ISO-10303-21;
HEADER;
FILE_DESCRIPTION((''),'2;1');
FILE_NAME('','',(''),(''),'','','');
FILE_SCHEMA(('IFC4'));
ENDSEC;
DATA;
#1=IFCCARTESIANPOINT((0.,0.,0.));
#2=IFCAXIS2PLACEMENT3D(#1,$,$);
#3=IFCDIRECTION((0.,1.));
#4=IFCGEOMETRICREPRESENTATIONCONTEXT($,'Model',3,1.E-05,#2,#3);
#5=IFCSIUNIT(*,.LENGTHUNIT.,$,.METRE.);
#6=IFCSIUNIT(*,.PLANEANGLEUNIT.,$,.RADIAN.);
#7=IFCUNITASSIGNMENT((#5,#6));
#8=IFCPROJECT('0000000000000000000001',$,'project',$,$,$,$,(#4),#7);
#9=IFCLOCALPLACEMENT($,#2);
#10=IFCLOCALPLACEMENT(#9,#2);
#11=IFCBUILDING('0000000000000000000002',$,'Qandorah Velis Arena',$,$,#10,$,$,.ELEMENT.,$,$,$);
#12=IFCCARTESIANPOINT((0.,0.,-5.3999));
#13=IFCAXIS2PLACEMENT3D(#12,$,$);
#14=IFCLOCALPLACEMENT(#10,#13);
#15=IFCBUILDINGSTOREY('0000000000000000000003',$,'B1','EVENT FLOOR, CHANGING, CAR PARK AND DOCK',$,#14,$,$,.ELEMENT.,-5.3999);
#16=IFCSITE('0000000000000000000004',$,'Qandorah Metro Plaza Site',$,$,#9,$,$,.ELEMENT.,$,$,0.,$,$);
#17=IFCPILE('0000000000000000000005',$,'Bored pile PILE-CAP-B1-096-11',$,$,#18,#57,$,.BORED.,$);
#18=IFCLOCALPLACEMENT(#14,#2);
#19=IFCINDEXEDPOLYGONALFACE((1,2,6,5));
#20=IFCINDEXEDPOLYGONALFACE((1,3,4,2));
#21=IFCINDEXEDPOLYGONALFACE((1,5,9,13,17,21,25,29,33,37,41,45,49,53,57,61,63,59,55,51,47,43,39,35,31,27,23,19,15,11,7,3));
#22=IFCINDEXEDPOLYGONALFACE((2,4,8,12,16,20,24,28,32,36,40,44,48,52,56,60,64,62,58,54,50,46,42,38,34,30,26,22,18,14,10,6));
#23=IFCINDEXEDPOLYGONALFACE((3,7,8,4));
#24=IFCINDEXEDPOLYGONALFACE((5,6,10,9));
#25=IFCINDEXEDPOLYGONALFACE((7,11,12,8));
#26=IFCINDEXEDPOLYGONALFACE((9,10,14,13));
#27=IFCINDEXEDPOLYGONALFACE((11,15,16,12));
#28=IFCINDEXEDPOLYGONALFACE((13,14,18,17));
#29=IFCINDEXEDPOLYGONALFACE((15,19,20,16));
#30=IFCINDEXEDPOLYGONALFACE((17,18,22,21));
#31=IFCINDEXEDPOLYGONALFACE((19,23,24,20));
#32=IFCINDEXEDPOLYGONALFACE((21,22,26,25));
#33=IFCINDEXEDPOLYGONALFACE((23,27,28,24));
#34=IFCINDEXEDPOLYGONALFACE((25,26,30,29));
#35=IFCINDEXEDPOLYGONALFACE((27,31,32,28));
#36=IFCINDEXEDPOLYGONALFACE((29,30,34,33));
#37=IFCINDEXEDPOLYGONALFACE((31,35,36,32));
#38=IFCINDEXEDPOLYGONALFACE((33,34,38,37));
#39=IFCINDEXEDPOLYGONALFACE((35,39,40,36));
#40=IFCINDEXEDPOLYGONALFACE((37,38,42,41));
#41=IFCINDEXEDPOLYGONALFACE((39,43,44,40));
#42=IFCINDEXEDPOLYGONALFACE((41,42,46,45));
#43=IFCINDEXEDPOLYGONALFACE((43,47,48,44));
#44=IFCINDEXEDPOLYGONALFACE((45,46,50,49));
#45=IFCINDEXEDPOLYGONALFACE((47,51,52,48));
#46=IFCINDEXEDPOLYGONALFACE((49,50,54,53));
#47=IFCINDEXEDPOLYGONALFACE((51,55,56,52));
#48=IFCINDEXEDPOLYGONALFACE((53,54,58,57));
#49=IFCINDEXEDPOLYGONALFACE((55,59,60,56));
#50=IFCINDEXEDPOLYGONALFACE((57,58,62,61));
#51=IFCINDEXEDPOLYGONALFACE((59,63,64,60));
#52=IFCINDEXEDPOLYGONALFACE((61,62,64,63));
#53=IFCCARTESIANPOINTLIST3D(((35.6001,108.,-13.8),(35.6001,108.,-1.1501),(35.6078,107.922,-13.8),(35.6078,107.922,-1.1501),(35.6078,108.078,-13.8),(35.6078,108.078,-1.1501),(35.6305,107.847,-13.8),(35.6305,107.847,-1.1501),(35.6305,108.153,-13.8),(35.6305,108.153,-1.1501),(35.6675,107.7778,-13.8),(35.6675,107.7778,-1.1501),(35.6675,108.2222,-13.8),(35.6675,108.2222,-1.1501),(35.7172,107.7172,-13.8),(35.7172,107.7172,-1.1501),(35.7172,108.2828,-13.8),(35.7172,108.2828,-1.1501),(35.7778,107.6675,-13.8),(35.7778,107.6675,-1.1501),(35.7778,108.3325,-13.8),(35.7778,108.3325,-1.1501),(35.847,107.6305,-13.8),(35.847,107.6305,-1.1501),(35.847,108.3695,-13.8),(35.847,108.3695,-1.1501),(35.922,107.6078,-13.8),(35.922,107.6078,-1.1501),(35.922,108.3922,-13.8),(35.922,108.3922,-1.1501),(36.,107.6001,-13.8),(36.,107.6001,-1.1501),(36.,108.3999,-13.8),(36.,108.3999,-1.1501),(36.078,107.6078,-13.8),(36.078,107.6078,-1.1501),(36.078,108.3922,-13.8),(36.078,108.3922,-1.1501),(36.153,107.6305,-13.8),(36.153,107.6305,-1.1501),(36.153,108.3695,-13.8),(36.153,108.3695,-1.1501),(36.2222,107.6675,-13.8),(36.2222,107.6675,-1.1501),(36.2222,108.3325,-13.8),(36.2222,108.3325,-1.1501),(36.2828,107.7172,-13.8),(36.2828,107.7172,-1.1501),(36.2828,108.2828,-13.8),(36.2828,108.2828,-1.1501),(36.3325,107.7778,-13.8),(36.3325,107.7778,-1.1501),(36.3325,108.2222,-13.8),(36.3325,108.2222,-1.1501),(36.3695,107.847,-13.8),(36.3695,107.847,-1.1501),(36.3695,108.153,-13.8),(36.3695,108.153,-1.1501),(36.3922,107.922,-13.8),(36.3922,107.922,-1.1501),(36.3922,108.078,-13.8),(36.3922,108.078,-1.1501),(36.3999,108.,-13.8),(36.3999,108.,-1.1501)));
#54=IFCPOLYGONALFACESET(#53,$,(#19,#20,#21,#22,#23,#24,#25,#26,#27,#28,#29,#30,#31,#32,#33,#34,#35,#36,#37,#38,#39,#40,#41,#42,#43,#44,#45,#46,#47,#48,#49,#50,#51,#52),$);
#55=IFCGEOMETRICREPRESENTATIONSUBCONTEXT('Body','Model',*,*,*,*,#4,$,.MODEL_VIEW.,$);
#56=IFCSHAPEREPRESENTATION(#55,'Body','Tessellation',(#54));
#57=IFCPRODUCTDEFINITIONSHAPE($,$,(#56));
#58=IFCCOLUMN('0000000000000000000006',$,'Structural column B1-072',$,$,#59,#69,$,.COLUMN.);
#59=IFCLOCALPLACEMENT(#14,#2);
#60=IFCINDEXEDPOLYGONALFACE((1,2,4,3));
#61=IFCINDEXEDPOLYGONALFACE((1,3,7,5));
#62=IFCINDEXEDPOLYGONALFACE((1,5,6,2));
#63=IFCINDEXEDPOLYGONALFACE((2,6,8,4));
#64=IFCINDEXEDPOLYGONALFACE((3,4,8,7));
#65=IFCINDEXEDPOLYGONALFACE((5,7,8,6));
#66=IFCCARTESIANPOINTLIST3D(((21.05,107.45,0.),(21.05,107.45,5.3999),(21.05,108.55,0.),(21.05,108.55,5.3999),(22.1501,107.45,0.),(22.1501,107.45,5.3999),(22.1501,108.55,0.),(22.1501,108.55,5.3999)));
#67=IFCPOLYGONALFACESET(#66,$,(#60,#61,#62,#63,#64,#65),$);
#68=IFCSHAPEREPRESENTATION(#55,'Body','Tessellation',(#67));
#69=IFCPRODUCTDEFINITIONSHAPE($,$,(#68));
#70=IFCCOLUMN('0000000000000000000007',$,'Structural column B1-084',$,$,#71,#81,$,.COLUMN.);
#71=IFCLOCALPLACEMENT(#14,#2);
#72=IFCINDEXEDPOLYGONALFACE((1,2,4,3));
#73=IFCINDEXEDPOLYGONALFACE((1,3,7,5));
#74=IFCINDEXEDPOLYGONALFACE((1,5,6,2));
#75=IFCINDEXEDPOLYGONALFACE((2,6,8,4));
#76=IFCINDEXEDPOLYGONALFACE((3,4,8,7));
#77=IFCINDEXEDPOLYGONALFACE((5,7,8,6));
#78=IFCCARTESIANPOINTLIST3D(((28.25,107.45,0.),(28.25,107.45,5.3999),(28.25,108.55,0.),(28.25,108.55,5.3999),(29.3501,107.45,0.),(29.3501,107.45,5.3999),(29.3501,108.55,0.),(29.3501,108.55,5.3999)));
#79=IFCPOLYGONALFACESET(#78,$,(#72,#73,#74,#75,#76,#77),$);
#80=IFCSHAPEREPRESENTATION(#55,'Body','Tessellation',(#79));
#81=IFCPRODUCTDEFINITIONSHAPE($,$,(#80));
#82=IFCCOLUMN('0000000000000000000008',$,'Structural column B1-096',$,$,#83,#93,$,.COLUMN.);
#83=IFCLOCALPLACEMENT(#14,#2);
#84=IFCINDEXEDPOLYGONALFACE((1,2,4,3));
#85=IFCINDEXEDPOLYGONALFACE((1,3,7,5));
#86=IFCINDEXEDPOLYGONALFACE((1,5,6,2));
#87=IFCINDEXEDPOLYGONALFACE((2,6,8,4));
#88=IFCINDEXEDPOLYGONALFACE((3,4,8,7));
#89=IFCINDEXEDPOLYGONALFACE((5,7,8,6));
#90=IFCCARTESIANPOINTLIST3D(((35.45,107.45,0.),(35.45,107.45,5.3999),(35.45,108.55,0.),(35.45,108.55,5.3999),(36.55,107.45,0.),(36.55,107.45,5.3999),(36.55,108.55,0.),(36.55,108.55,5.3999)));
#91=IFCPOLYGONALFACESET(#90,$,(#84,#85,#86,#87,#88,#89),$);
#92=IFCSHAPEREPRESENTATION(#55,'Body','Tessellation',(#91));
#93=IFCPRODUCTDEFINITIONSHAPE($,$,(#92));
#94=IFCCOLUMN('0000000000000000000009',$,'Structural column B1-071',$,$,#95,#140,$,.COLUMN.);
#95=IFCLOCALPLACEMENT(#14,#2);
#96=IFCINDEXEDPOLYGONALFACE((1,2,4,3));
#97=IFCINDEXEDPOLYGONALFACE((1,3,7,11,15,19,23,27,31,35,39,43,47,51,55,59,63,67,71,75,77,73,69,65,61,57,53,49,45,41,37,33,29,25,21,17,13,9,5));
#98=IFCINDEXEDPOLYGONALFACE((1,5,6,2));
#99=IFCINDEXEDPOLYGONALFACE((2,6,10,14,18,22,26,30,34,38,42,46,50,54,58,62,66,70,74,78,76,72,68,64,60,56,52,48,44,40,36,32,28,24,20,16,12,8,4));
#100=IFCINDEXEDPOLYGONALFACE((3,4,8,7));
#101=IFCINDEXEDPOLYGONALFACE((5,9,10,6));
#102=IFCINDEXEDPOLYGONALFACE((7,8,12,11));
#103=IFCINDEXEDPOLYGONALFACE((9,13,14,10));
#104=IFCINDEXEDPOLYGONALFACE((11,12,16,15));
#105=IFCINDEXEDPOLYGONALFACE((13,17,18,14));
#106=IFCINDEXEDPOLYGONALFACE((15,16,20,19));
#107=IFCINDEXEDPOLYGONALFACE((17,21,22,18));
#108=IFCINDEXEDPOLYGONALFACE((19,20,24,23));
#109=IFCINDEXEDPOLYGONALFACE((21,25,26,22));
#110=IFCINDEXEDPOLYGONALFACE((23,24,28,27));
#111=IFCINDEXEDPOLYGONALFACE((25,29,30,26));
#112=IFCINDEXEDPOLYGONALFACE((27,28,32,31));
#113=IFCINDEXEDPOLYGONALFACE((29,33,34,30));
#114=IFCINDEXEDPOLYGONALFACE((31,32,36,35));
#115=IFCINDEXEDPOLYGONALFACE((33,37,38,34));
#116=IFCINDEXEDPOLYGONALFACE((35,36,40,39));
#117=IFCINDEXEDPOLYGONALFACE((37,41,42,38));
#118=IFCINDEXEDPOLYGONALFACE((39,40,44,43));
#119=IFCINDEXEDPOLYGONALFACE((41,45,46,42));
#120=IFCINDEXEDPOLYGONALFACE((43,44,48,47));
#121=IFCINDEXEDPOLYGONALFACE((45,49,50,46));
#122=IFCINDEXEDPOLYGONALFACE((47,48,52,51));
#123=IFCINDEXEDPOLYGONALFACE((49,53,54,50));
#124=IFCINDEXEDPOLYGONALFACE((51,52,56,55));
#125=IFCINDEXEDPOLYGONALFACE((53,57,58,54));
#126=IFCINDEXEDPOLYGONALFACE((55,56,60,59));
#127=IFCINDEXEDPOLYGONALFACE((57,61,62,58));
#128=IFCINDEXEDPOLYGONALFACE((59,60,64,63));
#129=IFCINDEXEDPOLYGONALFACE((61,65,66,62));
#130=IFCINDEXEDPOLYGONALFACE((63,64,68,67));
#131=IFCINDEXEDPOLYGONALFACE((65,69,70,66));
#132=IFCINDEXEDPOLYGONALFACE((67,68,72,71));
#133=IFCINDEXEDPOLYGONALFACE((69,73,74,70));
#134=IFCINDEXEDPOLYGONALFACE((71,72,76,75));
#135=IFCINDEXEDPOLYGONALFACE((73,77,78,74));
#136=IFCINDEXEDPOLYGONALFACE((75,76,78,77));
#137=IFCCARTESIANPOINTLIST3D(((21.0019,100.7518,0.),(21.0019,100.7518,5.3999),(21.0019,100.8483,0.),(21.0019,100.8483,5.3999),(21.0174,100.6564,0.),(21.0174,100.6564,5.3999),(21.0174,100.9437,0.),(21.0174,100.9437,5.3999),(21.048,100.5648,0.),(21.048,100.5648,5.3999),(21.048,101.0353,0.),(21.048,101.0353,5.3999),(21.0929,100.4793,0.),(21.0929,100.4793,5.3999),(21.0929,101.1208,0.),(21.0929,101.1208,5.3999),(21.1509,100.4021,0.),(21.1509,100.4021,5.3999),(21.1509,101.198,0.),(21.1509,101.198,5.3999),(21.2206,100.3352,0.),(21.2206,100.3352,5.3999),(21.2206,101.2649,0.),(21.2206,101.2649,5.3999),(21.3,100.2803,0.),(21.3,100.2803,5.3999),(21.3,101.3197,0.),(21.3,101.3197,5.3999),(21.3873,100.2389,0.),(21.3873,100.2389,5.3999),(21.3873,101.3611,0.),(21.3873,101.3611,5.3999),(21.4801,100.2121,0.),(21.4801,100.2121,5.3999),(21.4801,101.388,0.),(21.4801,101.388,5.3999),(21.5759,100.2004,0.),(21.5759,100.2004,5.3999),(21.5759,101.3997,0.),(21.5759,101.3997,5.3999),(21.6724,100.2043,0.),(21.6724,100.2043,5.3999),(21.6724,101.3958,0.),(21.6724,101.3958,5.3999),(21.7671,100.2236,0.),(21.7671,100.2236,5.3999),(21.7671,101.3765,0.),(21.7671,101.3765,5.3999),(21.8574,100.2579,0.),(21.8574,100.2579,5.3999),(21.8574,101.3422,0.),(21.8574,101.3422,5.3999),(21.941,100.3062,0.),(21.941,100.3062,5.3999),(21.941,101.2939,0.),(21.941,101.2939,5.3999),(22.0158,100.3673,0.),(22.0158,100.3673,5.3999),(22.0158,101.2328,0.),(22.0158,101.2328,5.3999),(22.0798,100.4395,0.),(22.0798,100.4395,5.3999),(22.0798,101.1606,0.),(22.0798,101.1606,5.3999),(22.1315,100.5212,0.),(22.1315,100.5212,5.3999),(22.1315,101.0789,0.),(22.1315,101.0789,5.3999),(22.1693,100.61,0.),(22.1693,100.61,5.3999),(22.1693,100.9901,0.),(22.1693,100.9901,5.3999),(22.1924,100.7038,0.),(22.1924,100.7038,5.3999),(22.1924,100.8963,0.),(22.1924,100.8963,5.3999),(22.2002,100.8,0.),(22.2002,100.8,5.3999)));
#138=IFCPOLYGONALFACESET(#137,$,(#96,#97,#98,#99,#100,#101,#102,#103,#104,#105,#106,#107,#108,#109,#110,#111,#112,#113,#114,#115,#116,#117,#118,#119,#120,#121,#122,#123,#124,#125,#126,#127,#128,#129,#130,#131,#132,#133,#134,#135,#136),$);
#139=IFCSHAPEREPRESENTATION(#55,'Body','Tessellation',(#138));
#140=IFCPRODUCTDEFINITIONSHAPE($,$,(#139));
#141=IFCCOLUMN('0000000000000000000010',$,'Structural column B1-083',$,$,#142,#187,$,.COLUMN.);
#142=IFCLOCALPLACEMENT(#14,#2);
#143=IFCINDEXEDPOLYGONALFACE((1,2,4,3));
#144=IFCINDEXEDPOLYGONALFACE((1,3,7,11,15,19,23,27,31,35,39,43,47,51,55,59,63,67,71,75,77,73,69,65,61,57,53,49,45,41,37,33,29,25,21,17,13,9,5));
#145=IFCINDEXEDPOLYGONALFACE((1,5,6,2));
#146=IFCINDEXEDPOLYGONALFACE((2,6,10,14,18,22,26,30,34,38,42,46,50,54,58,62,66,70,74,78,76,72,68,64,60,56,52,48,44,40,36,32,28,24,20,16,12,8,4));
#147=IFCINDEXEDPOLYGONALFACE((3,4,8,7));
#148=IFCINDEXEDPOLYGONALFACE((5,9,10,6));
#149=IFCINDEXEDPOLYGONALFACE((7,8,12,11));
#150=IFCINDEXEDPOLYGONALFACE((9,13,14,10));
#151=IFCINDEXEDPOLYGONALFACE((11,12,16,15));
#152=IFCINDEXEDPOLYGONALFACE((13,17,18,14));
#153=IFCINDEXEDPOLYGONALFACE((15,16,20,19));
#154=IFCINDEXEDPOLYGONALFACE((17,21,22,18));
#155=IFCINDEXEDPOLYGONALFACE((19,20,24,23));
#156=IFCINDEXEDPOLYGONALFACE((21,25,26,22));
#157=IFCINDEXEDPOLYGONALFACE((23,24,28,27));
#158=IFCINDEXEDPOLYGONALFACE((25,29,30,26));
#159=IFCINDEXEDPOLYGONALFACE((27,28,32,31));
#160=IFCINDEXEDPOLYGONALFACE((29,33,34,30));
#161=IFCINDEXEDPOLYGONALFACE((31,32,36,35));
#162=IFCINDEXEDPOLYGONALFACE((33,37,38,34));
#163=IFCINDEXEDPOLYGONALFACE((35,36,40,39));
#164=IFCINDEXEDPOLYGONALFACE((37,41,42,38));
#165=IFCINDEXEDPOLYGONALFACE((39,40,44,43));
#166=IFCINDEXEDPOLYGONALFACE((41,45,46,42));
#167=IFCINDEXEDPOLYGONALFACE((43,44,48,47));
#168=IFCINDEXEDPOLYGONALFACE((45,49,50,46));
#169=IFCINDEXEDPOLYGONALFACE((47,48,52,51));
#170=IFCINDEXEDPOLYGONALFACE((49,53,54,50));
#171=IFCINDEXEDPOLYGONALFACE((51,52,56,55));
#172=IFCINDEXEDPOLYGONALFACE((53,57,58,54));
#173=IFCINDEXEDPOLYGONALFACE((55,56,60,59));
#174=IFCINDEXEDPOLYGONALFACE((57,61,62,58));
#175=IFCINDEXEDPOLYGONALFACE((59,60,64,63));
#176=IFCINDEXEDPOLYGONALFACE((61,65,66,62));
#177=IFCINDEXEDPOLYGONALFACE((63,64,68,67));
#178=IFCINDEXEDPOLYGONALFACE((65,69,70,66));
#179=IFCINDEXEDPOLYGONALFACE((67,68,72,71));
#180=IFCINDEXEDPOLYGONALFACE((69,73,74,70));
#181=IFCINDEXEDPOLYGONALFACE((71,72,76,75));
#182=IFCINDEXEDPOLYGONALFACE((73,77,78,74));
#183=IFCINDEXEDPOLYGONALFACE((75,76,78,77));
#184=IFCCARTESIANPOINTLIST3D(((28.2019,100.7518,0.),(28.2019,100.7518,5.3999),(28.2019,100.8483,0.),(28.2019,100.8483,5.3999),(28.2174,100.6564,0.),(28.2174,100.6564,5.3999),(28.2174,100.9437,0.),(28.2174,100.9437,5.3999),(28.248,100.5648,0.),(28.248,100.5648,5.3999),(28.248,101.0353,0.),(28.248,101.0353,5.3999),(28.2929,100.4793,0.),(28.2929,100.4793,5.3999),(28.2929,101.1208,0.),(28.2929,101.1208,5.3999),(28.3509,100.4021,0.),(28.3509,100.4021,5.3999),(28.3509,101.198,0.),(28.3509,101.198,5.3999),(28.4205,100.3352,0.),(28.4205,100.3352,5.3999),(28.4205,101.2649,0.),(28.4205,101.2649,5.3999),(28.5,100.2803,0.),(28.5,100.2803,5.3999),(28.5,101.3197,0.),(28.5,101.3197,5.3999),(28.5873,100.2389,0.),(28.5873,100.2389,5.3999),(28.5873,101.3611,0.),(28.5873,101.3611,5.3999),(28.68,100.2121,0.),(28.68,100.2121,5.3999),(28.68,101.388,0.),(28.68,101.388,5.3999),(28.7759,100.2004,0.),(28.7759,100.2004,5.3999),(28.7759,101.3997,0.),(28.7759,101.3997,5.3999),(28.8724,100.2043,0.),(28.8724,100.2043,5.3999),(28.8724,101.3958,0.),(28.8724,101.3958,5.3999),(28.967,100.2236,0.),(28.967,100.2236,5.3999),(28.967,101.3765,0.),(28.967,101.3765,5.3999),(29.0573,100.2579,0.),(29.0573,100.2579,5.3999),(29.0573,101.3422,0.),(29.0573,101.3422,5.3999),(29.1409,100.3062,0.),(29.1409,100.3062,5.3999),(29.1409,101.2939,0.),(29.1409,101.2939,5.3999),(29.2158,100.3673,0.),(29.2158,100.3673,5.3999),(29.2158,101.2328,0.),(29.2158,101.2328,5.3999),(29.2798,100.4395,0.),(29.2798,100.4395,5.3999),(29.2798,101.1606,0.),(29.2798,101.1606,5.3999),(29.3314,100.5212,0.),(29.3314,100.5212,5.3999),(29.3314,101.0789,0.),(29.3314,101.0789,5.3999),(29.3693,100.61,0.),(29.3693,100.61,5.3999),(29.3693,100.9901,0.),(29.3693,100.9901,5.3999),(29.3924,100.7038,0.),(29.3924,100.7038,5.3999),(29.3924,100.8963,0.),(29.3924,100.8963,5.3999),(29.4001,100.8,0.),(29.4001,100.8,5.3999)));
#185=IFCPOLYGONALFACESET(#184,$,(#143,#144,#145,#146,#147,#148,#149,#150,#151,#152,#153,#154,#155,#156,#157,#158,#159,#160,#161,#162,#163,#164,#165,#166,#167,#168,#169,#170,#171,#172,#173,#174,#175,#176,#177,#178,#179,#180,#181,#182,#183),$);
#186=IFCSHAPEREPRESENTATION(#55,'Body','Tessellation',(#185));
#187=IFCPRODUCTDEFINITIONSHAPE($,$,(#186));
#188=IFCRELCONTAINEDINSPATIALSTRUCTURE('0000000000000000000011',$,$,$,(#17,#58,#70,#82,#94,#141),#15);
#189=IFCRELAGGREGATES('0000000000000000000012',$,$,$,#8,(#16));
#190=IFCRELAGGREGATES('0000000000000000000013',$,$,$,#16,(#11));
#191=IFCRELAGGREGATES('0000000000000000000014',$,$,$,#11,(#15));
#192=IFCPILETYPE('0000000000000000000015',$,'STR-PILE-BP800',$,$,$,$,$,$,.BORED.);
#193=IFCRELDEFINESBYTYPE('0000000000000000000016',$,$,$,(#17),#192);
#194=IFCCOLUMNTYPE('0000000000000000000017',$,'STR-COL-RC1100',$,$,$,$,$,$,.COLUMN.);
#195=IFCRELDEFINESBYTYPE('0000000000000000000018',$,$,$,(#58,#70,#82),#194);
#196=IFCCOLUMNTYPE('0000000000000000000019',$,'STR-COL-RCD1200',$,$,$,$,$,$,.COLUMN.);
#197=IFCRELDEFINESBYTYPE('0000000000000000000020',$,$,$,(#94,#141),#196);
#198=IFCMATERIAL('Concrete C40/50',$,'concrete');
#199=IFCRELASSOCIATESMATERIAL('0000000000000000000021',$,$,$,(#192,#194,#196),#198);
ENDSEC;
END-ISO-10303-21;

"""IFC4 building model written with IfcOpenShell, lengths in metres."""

from ifc_helpers import new_model, si_unit, direction, frame, origin, origin_2d, place, context, subcontext, project, spatial, rectangle, circle, extrude, material, material_profile, profile_set, type_object, element, save


model = new_model("IFC4")

# Units and contexts
model_context = context("Model", 3, precision=1e-05, world=origin(), true_north=direction((0.0, 1.0)))
body_context = subcontext(model_context, "Body", "Model", "MODEL_VIEW")
ifc_project = project(units=[si_unit("LENGTHUNIT", "METRE"), si_unit("PLANEANGLEUNIT", "RADIAN")], contexts=[model_context])

# Site, building, storey
site_placement = place(None, origin())
site = spatial("IfcSite", under=ifc_project, at=site_placement, Name="Qandorah Metro Plaza Site", CompositionType="ELEMENT", RefElevation=0.0)
building_placement = place(site_placement, origin())
building = spatial("IfcBuilding", under=site, at=building_placement, Name="Qandorah Velis Arena", CompositionType="ELEMENT")
storey_placement = place(building_placement, frame((0.0, 0.0, -5.3999)))
storey = spatial("IfcBuildingStorey", under=building, at=storey_placement, Name="B1", Description="EVENT FLOOR, CHANGING, CAR PARK AND DOCK", CompositionType="ELEMENT", Elevation=-5.3999)

# Shared definitions
ifc_material = material(Name="Concrete C40/50", Category="concrete")

# Pile
ifc_material_profile_1 = material_profile(ifc_material, circle(Radius=0.3999, at=origin_2d()), Name="BORED PILE D800")
ifc_profile_set_1 = profile_set([ifc_material_profile_1], Name="Concrete C40/50")
pile_type_1 = type_object("IfcPileType", Name="STR-PILE-BP800", PredefinedType="BORED", material=ifc_profile_set_1)
pile_1_placement = place(storey_placement, frame((36.0, 108.0, -1.1501), z_axis=(0.0, 0.0, -1.0), x_axis=(1.0, 0.0, 0.0)))
element("IfcPile", 1, at=pile_1_placement, inside=storey, type_object=pile_type_1, Name="Bored pile PILE-CAP-B1-096-11", PredefinedType="BORED", context=body_context, shape_type="SweptSolid", body=[
    extrude(circle(Radius=0.3999, at=origin_2d()), origin(), (0.0, 0.0, 1.0), 12.6499),
])

# Columns
ifc_material_profile_2 = material_profile(ifc_material, rectangle(XDim=1.1001, YDim=1.1001, at=origin_2d()), Name="RC COL 1100x1100")
ifc_profile_set_2 = profile_set([ifc_material_profile_2], Name="Concrete C40/50")
column_type_1 = type_object("IfcColumnType", Name="STR-COL-RC1100", PredefinedType="COLUMN", material=ifc_profile_set_2)
for number, where, z_axis, x_axis, name in (
    (2, (21.6001, 108.0, 0.0), (0.0, 0.0, 1.0), (1.0, 0.0, 0.0), "Structural column B1-072"),
    (3, (28.8, 108.0, 0.0), (0.0, 0.0, 1.0), (1.0, 0.0, 0.0), "Structural column B1-084"),
    (4, (36.0, 108.0, 0.0), (0.0, 0.0, 1.0), (1.0, 0.0, 0.0), "Structural column B1-096"),
):
    element("IfcColumn", number, at=place(storey_placement, frame(where, z_axis=z_axis, x_axis=x_axis)), inside=storey, type_object=column_type_1, Name=name, PredefinedType="COLUMN", context=body_context, shape_type="SweptSolid", body=[
        extrude(rectangle(XDim=1.1001, YDim=1.1001, at=origin_2d()), origin(), (0.0, 0.0, 1.0), 5.3999),
    ])
ifc_material_profile_3 = material_profile(ifc_material, circle(Radius=0.6001, at=origin_2d()), Name="RC D1200")
ifc_profile_set_3 = profile_set([ifc_material_profile_3], Name="Concrete C40/50")
column_type_2 = type_object("IfcColumnType", Name="STR-COL-RCD1200", PredefinedType="COLUMN", material=ifc_profile_set_3)
for number, where, z_axis, x_axis, name in (
    (5, (21.6001, 100.8, 0.0), (0.0, 0.0, 1.0), (1.0, 0.0, 0.0), "Structural column B1-071"),
    (6, (28.8, 100.8, 0.0), (0.0, 0.0, 1.0), (1.0, 0.0, 0.0), "Structural column B1-083"),
):
    element("IfcColumn", number, at=place(storey_placement, frame(where, z_axis=z_axis, x_axis=x_axis)), inside=storey, type_object=column_type_2, Name=name, PredefinedType="COLUMN", context=body_context, shape_type="SweptSolid", body=[
        extrude(circle(Radius=0.6001, at=origin_2d()), origin(), (0.0, 0.0, 1.0), 5.3999),
    ])

save(model, "model.ifc")
